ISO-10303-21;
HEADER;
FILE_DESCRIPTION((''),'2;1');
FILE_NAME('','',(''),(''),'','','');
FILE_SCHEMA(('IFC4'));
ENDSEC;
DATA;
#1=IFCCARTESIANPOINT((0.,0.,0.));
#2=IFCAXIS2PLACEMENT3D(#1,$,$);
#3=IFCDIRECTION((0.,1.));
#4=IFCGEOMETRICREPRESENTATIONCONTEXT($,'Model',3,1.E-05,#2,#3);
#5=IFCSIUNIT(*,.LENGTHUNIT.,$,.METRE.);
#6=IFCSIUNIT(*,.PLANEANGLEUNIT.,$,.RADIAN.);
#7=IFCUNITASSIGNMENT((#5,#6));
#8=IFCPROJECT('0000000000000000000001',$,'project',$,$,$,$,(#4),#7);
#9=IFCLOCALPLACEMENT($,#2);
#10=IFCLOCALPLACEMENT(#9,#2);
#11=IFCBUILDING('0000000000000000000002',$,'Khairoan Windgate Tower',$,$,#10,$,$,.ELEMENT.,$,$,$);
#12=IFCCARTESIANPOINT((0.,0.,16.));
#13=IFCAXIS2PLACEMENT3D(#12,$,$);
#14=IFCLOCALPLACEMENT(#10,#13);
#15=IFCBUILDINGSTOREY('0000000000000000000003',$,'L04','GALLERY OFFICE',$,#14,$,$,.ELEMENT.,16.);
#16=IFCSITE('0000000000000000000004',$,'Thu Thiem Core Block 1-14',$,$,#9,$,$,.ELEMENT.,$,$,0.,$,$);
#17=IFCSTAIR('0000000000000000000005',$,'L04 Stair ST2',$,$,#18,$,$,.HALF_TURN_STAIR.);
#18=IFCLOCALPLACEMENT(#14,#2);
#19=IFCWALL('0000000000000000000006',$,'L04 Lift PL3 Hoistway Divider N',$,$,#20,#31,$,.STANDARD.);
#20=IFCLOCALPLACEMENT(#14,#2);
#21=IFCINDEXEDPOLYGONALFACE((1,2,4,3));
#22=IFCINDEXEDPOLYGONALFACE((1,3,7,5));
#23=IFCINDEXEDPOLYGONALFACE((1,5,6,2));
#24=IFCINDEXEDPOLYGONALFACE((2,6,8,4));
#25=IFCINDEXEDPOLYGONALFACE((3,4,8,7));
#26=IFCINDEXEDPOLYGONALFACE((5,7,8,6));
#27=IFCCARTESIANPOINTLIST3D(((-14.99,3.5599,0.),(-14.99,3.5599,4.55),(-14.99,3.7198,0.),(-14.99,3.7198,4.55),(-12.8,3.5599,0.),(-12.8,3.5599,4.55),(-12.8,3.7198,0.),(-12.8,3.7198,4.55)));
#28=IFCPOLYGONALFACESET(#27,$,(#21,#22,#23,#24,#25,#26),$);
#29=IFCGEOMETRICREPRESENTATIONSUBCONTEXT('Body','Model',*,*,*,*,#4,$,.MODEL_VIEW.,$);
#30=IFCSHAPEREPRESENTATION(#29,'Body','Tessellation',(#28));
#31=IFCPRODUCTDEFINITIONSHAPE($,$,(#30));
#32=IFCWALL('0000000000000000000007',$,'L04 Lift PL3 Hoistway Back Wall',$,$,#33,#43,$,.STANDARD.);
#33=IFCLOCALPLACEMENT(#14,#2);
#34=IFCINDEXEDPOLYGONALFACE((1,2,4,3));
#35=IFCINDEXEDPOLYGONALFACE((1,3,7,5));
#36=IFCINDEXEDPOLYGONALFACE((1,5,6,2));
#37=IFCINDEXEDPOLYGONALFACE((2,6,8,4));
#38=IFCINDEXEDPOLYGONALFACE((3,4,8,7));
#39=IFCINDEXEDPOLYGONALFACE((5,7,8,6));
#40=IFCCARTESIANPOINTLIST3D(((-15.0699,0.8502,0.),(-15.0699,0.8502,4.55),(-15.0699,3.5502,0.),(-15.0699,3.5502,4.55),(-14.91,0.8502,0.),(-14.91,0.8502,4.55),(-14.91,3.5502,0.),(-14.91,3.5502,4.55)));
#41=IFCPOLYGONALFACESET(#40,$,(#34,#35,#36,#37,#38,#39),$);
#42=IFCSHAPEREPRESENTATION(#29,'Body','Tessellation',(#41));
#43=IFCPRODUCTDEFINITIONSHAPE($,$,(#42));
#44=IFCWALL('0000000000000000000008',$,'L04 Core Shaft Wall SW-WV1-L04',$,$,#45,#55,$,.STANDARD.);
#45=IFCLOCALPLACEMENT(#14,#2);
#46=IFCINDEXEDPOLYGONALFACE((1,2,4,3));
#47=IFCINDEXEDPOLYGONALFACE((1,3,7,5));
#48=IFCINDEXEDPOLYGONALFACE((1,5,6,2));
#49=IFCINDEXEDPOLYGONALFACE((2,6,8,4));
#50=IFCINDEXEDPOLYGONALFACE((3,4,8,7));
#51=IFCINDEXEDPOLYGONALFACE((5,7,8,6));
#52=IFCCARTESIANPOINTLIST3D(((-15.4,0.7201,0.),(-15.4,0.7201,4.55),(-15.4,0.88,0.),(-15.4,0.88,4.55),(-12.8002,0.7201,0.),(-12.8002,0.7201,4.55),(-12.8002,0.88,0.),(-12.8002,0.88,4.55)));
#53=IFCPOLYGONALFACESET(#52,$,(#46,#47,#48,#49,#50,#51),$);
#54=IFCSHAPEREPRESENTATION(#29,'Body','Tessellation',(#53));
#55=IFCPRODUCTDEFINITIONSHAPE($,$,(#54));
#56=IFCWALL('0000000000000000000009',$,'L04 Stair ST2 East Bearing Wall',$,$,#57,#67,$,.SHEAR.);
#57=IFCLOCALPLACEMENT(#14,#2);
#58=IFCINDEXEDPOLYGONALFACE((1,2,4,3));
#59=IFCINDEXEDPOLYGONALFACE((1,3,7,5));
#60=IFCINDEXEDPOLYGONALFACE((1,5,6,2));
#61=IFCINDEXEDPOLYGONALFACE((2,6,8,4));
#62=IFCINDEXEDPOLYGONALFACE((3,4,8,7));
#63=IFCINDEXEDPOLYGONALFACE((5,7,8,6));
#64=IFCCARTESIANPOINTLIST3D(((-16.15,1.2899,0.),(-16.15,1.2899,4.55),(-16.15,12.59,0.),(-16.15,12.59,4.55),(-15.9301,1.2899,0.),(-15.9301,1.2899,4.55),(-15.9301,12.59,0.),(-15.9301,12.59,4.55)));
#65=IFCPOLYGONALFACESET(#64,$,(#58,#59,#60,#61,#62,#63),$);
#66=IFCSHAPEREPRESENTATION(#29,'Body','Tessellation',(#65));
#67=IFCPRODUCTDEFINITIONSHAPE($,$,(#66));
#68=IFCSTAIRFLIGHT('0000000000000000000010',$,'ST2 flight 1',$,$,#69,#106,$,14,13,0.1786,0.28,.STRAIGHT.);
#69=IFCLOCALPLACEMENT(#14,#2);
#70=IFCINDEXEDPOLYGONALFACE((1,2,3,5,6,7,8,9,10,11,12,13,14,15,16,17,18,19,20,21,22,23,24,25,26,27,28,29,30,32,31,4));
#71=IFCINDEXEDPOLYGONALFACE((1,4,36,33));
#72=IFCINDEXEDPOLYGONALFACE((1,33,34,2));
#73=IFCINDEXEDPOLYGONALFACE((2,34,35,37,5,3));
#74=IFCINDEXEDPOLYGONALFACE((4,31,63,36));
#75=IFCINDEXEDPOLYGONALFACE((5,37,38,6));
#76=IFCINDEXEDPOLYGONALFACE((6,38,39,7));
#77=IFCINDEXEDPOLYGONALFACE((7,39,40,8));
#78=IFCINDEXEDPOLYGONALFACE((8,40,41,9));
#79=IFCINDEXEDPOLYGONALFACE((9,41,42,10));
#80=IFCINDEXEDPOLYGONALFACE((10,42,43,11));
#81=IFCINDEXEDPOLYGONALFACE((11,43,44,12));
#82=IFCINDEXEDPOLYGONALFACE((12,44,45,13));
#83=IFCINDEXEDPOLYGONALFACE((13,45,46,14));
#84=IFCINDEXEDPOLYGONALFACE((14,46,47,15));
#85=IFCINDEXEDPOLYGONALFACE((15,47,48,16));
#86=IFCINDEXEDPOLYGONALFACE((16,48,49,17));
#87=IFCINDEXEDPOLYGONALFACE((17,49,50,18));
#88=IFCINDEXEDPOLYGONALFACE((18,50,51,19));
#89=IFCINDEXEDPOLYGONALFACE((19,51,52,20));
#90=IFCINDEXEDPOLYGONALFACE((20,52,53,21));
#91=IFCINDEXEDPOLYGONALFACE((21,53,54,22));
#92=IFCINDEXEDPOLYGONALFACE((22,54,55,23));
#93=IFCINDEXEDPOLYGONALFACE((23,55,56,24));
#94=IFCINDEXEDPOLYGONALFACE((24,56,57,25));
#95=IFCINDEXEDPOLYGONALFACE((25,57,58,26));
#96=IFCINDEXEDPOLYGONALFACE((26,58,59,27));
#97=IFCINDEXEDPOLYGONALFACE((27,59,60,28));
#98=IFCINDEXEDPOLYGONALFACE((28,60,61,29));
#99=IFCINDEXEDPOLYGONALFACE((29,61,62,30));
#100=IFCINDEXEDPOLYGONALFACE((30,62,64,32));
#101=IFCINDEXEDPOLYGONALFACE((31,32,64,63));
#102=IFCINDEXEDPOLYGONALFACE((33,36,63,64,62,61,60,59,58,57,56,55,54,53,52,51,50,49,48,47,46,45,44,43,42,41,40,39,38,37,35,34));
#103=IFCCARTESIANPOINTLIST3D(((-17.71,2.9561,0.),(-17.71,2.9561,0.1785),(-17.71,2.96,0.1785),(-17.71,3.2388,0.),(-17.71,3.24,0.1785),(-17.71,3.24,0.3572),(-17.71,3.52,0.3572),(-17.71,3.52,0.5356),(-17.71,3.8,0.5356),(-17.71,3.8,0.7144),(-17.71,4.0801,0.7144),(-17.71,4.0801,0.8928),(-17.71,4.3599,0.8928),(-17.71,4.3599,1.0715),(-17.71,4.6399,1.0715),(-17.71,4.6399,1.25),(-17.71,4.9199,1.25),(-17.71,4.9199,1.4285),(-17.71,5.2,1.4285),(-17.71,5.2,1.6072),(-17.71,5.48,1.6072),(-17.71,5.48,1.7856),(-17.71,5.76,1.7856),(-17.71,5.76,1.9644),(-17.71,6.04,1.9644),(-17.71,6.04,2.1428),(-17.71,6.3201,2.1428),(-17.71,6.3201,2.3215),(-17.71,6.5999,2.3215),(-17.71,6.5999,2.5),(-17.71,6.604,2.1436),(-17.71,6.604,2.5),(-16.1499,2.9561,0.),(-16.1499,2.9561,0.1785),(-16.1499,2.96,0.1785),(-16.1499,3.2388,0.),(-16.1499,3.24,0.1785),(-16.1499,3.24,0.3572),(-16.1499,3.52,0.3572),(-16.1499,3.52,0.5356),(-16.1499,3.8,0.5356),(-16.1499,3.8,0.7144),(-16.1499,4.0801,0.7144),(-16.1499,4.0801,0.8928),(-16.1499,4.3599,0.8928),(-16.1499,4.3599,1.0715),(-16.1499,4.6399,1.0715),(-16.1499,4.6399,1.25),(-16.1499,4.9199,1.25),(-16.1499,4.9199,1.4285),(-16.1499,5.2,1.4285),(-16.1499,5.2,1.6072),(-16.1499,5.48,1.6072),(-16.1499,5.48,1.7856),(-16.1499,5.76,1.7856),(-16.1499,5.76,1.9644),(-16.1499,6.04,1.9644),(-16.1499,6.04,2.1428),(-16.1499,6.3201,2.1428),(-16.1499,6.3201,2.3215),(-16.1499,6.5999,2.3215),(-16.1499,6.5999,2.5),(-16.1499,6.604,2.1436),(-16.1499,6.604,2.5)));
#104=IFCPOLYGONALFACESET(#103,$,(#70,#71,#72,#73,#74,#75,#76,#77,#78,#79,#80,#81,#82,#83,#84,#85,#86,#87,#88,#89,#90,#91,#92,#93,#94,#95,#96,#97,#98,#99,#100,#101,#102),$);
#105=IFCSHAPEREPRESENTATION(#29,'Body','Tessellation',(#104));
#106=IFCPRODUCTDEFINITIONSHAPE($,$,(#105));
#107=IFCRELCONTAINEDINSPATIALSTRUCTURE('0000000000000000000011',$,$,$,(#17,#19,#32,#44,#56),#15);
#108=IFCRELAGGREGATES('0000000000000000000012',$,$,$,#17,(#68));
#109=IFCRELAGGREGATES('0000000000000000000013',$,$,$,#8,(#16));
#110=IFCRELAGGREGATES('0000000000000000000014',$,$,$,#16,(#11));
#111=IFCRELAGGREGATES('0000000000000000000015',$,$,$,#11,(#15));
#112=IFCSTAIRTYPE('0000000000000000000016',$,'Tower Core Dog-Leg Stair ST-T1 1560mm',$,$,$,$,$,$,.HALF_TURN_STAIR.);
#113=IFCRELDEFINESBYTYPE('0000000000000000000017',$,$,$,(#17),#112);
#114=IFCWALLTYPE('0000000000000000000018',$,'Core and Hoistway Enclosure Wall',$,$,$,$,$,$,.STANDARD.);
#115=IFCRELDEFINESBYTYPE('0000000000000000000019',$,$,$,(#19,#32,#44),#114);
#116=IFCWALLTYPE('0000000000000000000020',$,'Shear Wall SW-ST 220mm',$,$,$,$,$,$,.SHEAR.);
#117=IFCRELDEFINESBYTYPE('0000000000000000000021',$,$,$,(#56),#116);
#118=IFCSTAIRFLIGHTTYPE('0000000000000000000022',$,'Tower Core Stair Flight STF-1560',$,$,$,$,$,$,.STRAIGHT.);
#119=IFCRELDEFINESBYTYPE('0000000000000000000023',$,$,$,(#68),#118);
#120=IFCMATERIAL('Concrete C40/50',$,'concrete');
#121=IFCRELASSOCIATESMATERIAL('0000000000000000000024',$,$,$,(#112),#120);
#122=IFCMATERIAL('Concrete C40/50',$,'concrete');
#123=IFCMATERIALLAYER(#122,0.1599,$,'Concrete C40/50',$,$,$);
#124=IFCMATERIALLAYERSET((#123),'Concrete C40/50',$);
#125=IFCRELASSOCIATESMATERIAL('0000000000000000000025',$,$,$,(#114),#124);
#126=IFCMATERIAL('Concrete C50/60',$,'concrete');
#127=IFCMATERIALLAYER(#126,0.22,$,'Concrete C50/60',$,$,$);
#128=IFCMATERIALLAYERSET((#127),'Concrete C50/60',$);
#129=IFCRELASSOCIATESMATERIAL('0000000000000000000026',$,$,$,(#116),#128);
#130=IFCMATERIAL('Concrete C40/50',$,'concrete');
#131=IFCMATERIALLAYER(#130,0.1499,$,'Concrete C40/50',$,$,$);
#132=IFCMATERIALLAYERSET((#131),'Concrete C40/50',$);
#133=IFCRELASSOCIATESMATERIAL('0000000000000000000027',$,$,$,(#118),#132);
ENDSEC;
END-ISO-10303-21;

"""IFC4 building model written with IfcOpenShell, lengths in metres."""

from ifc_helpers import new_model, si_unit, direction, frame, frame_2d, origin, place, context, subcontext, project, spatial, polyline, rectangle, outline, extrude, material, layer, layer_set, type_object, element, aggregate, save


model = new_model("IFC4")

# Units and contexts
model_context = context("Model", 3, precision=1e-05, world=origin(), true_north=direction((0.0, 1.0)))
body_context = subcontext(model_context, "Body", "Model", "MODEL_VIEW")
ifc_project = project(units=[si_unit("LENGTHUNIT", "METRE"), si_unit("PLANEANGLEUNIT", "RADIAN")], contexts=[model_context])

# Site, building, storey
site_placement = place(None, origin())
site = spatial("IfcSite", under=ifc_project, at=site_placement, Name="Thu Thiem Core Block 1-14", CompositionType="ELEMENT", RefElevation=0.0)
building_placement = place(site_placement, origin())
building = spatial("IfcBuilding", under=site, at=building_placement, Name="Khairoan Windgate Tower", CompositionType="ELEMENT")
storey_placement = place(building_placement, frame((0.0, 0.0, 16.0)))
storey = spatial("IfcBuildingStorey", under=building, at=storey_placement, Name="L04", Description="GALLERY OFFICE", CompositionType="ELEMENT", Elevation=16.0)

# Stair
ifc_material_1 = material(Name="Concrete C40/50", Category="concrete")
stair_type_1 = type_object("IfcStairType", Name="Tower Core Dog-Leg Stair ST-T1 1560mm", PredefinedType="HALF_TURN_STAIR", material=ifc_material_1)
stair_1_placement = place(storey_placement, origin())
stair_1 = element("IfcStair", 1, at=stair_1_placement, inside=storey, type_object=stair_type_1, Name="L04 Stair ST2", PredefinedType="HALF_TURN_STAIR")

# Walls
ifc_material_2 = material(Name="Concrete C40/50", Category="concrete")
ifc_layer_1 = layer(ifc_material_2, 0.1599, Name="Concrete C40/50")
ifc_layer_set_1 = layer_set([ifc_layer_1], Name="Concrete C40/50")
wall_type_1 = type_object("IfcWallType", Name="Core and Hoistway Enclosure Wall", PredefinedType="STANDARD", material=ifc_layer_set_1)
wall_1_placement = place(storey_placement, frame((-14.99, 3.6399, 0.0), z_axis=(0.0, 0.0, 1.0), x_axis=(1.0, 0.0, 0.0)))
element("IfcWall", 2, at=wall_1_placement, inside=storey, type_object=wall_type_1, Name="L04 Lift PL3 Hoistway Divider N", PredefinedType="STANDARD", context=body_context, shape_type="SweptSolid", body=[
    extrude(rectangle(XDim=2.1899, YDim=0.1599, at=frame_2d((1.095, 0.0))), origin(), (0.0, 0.0, 1.0), 4.55),
])
wall_2_placement = place(storey_placement, frame((-14.99, 0.8501, 0.0), z_axis=(0.0, 0.0, 1.0), x_axis=(0.0, 1.0, 0.0)))
element("IfcWall", 3, at=wall_2_placement, inside=storey, type_object=wall_type_1, Name="L04 Lift PL3 Hoistway Back Wall", PredefinedType="STANDARD", context=body_context, shape_type="SweptSolid", body=[
    extrude(rectangle(XDim=2.7, YDim=0.1599, at=frame_2d((1.3501, 0.0))), origin(), (0.0, 0.0, 1.0), 4.55),
])
wall_3_placement = place(storey_placement, frame((-15.3999, 0.8, 0.0), z_axis=(0.0, 0.0, 1.0), x_axis=(1.0, 0.0, 0.0)))
element("IfcWall", 4, at=wall_3_placement, inside=storey, type_object=wall_type_1, Name="L04 Core Shaft Wall SW-WV1-L04", PredefinedType="STANDARD", context=body_context, shape_type="SweptSolid", body=[
    extrude(rectangle(XDim=2.5999, YDim=0.1599, at=frame_2d((1.2998, 0.0))), origin(), (0.0, 0.0, 1.0), 4.55),
])
ifc_material_3 = material(Name="Concrete C50/60", Category="concrete")
ifc_layer_2 = layer(ifc_material_3, 0.22, Name="Concrete C50/60")
ifc_layer_set_2 = layer_set([ifc_layer_2], Name="Concrete C50/60")
wall_type_2 = type_object("IfcWallType", Name="Shear Wall SW-ST 220mm", PredefinedType="SHEAR", material=ifc_layer_set_2)
wall_4_placement = place(storey_placement, frame((-16.04, 1.29, 0.0), z_axis=(0.0, 0.0, 1.0), x_axis=(0.0, 1.0, 0.0)))
element("IfcWall", 5, at=wall_4_placement, inside=storey, type_object=wall_type_2, Name="L04 Stair ST2 East Bearing Wall", PredefinedType="SHEAR", context=body_context, shape_type="SweptSolid", body=[
    extrude(rectangle(XDim=11.3, YDim=0.22, at=frame_2d((5.6499, 0.0))), origin(), (0.0, 0.0, 1.0), 4.55),
])

# Stair flight
ifc_material_4 = material(Name="Concrete C40/50", Category="concrete")
ifc_layer_3 = layer(ifc_material_4, 0.1499, Name="Concrete C40/50")
ifc_layer_set_3 = layer_set([ifc_layer_3], Name="Concrete C40/50")
stair_flight_type = type_object("IfcStairFlightType", Name="Tower Core Stair Flight STF-1560", PredefinedType="STRAIGHT", material=ifc_layer_set_3)
stair_flight_placement = place(storey_placement, frame((-16.9299, 2.96, 0.0), z_axis=(0.0, 0.0, 1.0), x_axis=(0.0, 1.0, 0.0)))
stair_flight = element("IfcStairFlight", 6, at=stair_flight_placement, type_object=stair_flight_type, Name="ST2 flight 1", NumberOfRisers=14, NumberOfTreads=13, PredefinedType="STRAIGHT", RiserHeight=0.1786, TreadLength=0.28, context=body_context, shape_type="SweptSolid", body=[
    extrude(outline(polyline([(-0.0039, 0.0), (-0.0039, 0.1785), (0.0, 0.1785), (0.28, 0.1785), (0.28, 0.3572), (0.5601, 0.3572), (0.5601, 0.5356), (0.8401, 0.5356), (0.8401, 0.7144), (1.1201, 0.7144), (1.1201, 0.8928), (1.3999, 0.8928), (1.3999, 1.0715), (1.6799, 1.0715), (1.6799, 1.25), (1.96, 1.25), (1.96, 1.4285), (2.24, 1.4285), (2.24, 1.6072), (2.52, 1.6072), (2.52, 1.7856), (2.8, 1.7856), (2.8, 1.9644), (3.0801, 1.9644), (3.0801, 2.1428), (3.3601, 2.1428), (3.3601, 2.3215), (3.6399, 2.3215), (3.6399, 2.5), (3.644, 2.5), (3.644, 2.1436), (0.2788, 0.0), (-0.0039, 0.0)])), frame((0.0, 0.78, 0.0), z_axis=(0.0, -1.0, 0.0), x_axis=(1.0, 0.0, 0.0)), (0.0, 0.0, 1.0), 1.5601),
])
aggregate(stair_1, [stair_flight])

save(model, "model.ifc")
